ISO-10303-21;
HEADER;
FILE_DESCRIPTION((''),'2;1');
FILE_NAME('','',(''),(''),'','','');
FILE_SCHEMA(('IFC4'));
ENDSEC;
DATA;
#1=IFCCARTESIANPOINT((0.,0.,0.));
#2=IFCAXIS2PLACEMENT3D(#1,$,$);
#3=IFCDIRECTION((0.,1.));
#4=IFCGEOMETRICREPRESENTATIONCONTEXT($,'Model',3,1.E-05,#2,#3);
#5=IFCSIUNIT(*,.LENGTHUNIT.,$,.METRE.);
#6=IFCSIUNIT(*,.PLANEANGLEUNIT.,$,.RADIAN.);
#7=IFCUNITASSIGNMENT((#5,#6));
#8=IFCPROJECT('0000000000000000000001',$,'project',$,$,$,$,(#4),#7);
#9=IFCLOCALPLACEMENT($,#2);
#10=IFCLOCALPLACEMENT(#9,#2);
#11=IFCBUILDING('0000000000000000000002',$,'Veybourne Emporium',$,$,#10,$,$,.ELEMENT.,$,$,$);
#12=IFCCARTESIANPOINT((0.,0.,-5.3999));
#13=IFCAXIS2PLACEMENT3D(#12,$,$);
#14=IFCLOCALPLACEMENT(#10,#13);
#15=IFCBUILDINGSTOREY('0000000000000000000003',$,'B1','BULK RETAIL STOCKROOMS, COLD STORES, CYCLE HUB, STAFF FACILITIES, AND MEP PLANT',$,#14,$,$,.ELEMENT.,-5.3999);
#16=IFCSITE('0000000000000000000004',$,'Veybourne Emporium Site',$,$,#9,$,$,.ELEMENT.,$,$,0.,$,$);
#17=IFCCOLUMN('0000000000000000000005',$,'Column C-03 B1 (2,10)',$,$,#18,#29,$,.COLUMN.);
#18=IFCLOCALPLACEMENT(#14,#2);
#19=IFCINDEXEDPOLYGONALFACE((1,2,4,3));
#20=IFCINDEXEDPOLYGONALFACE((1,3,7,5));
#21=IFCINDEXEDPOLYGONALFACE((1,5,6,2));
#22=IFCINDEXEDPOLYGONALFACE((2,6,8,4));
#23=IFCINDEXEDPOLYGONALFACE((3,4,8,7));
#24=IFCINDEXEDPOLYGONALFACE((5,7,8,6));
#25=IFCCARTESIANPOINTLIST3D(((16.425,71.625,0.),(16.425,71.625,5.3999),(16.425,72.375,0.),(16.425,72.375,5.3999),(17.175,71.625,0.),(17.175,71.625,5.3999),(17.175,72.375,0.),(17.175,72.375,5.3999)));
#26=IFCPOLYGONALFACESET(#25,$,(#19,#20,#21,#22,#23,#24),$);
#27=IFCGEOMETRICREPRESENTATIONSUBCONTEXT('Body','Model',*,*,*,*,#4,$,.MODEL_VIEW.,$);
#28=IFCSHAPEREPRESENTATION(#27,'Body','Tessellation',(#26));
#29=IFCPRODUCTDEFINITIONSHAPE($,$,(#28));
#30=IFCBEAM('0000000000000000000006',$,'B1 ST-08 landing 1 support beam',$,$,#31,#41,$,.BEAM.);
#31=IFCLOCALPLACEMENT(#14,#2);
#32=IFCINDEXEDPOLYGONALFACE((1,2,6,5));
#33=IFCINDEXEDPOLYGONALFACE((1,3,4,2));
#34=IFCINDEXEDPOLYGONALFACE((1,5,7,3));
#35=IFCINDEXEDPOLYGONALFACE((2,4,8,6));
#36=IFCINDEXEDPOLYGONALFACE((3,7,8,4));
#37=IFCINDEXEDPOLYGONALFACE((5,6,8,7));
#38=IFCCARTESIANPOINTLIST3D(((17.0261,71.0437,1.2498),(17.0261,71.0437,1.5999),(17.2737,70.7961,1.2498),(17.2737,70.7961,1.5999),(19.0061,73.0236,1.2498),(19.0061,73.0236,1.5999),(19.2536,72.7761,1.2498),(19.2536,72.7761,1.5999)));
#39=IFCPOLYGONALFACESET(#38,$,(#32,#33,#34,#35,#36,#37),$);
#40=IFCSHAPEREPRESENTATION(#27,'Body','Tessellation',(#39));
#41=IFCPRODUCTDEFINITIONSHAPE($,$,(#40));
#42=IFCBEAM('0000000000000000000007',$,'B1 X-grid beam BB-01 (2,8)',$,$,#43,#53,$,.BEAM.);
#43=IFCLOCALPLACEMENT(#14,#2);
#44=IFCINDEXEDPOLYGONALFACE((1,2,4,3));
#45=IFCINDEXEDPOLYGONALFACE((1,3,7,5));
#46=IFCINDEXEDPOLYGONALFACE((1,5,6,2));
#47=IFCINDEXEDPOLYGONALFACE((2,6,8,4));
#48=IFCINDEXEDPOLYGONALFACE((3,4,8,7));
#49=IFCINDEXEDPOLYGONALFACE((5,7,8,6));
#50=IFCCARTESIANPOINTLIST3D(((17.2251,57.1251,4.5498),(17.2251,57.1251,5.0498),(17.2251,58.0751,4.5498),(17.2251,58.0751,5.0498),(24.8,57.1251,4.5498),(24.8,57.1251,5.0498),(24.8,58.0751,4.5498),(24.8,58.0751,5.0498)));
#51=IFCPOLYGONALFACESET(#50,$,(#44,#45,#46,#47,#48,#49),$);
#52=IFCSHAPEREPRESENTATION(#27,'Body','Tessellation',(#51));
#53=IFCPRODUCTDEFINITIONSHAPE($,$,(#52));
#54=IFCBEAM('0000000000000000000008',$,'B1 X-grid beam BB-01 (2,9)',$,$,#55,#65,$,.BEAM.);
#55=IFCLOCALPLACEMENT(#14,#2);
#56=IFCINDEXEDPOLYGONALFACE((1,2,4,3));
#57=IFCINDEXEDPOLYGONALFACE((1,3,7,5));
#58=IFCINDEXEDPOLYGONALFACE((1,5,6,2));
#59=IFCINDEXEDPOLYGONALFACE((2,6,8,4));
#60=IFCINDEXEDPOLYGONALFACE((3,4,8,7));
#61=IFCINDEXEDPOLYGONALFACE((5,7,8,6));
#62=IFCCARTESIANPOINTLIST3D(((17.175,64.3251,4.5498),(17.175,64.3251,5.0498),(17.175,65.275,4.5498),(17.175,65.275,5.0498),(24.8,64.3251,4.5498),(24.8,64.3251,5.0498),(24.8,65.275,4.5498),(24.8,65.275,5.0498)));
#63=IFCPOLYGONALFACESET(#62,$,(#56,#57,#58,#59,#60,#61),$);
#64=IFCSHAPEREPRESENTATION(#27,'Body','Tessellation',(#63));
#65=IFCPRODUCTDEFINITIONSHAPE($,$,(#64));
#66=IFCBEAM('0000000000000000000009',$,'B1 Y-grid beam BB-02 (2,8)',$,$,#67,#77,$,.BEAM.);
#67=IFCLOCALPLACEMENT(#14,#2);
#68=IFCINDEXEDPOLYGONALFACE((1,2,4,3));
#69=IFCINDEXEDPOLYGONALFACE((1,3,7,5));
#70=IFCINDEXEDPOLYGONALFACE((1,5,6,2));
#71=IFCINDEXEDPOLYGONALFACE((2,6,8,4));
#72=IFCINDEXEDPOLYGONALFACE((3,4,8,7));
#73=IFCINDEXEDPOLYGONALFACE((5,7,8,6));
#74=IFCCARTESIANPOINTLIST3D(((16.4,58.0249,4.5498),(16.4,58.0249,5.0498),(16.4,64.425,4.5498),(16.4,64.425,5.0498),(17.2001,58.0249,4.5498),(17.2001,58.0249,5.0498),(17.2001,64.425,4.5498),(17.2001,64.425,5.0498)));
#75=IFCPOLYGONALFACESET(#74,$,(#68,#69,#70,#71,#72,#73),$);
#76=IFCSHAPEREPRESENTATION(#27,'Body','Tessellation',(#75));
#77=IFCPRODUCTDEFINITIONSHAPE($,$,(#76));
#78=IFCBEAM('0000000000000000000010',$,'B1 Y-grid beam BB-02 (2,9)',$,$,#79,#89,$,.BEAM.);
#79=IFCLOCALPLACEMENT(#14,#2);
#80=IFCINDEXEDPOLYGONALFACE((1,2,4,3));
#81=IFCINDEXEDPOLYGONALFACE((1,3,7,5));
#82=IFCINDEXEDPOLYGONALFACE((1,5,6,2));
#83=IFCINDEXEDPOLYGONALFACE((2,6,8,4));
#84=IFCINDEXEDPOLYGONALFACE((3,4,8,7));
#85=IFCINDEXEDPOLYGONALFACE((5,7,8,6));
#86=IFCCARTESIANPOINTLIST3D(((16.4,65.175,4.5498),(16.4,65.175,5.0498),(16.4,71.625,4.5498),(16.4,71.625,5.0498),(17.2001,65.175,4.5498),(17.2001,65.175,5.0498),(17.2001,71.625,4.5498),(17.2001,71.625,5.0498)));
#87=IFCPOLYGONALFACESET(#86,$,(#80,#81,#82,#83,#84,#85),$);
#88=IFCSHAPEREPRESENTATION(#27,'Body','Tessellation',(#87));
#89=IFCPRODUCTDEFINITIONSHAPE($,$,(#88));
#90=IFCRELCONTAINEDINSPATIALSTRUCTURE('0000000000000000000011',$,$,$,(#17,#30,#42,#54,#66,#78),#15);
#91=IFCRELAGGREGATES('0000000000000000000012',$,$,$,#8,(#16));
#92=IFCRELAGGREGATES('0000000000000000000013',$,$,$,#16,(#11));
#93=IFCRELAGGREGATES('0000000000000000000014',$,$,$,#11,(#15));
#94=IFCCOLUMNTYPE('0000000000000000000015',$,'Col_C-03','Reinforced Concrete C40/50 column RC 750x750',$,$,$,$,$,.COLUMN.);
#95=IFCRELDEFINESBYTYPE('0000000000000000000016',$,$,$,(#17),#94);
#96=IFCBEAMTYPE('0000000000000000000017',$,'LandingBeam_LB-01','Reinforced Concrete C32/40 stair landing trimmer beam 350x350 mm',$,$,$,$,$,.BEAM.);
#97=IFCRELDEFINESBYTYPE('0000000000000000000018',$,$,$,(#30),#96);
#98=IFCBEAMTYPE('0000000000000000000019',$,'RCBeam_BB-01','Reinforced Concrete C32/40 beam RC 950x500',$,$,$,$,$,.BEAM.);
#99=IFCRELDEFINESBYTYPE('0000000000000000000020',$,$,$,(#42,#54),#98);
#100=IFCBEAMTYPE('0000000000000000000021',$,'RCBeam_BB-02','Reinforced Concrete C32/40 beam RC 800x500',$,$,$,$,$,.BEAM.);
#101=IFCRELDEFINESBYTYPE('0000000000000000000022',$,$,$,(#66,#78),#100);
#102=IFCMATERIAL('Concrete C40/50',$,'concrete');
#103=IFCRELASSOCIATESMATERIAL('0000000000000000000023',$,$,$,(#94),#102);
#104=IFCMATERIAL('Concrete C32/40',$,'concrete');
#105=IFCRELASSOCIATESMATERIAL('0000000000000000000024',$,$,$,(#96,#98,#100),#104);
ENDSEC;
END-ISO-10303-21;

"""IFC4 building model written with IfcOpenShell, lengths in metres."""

from ifc_helpers import new_model, si_unit, direction, frame, origin, origin_2d, place, context, subcontext, project, spatial, rectangle, extrude, material, material_profile, profile_set, type_object, element, save


model = new_model("IFC4")

# Units and contexts
model_context = context("Model", 3, precision=1e-05, world=origin(), true_north=direction((0.0, 1.0)))
body_context = subcontext(model_context, "Body", "Model", "MODEL_VIEW")
ifc_project = project(units=[si_unit("LENGTHUNIT", "METRE"), si_unit("PLANEANGLEUNIT", "RADIAN")], contexts=[model_context])

# Site, building, storey
site_placement = place(None, origin())
site = spatial("IfcSite", under=ifc_project, at=site_placement, Name="Veybourne Emporium Site", CompositionType="ELEMENT", RefElevation=0.0)
building_placement = place(site_placement, origin())
building = spatial("IfcBuilding", under=site, at=building_placement, Name="Veybourne Emporium", CompositionType="ELEMENT")
storey_placement = place(building_placement, frame((0.0, 0.0, -5.3999)))
storey = spatial("IfcBuildingStorey", under=building, at=storey_placement, Name="B1", Description="BULK RETAIL STOCKROOMS, COLD STORES, CYCLE HUB, STAFF FACILITIES, AND MEP PLANT", CompositionType="ELEMENT", Elevation=-5.3999)

# Column
ifc_material_1 = material(Name="Concrete C40/50", Category="concrete")
ifc_material_profile_1 = material_profile(ifc_material_1, rectangle(XDim=0.75, YDim=0.75, at=origin_2d()), Name="RC 750x750")
ifc_profile_set_1 = profile_set([ifc_material_profile_1], Name="Concrete C40/50")
column_type = type_object("IfcColumnType", Name="Col_C-03", Description="Reinforced Concrete C40/50 column RC 750x750", PredefinedType="COLUMN", material=ifc_profile_set_1)
for number, where, z_axis, x_axis, name in (
    (1, (16.8, 72.0, 0.0), (0.0, 0.0, 1.0), (1.0, 0.0, 0.0), "Column C-03 B1 (2,10)"),
):
    element("IfcColumn", number, at=place(storey_placement, frame(where, z_axis=z_axis, x_axis=x_axis)), inside=storey, type_object=column_type, Name=name, PredefinedType="COLUMN", context=body_context, shape_type="SweptSolid", body=[
        extrude(rectangle(XDim=0.75, YDim=0.75, at=origin_2d()), origin(), (0.0, 0.0, 1.0), 5.3999),
    ])

# Beams
ifc_material_2 = material(Name="Concrete C32/40", Category="concrete")
ifc_material_profile_2 = material_profile(ifc_material_2, rectangle(XDim=0.3501, YDim=0.3501, at=origin_2d()), Name="RC 350x350")
ifc_profile_set_2 = profile_set([ifc_material_profile_2], Name="Concrete C32/40")
beam_type_1 = type_object("IfcBeamType", Name="LandingBeam_LB-01", Description="Reinforced Concrete C32/40 stair landing trimmer beam 350x350 mm", PredefinedType="BEAM", material=ifc_profile_set_2)
beam_1_placement = place(storey_placement, frame((17.1499, 70.9199, 1.4248), z_axis=(0.707107, 0.707107, 0.0), x_axis=(-0.707107, 0.707107, 0.0)))
element("IfcBeam", 2, at=beam_1_placement, inside=storey, type_object=beam_type_1, Name="B1 ST-08 landing 1 support beam", PredefinedType="BEAM", context=body_context, shape_type="SweptSolid", body=[
    extrude(rectangle(XDim=0.3501, YDim=0.3501, at=origin_2d()), origin(), (0.0, 0.0, 1.0), 2.8),
])
ifc_material_profile_3 = material_profile(ifc_material_2, rectangle(XDim=0.95, YDim=0.5, at=origin_2d()), Name="RC 950x500")
ifc_profile_set_3 = profile_set([ifc_material_profile_3], Name="Concrete C32/40")
beam_type_2 = type_object("IfcBeamType", Name="RCBeam_BB-01", Description="Reinforced Concrete C32/40 beam RC 950x500", PredefinedType="BEAM", material=ifc_profile_set_3)
beam_2_placement = place(storey_placement, frame((17.2251, 57.6001, 4.7998), z_axis=(1.0, 0.0, 0.0), x_axis=(0.0, 1.0, 0.0)))
element("IfcBeam", 3, at=beam_2_placement, inside=storey, type_object=beam_type_2, Name="B1 X-grid beam BB-01 (2,8)", PredefinedType="BEAM", context=body_context, shape_type="SweptSolid", body=[
    extrude(rectangle(XDim=0.95, YDim=0.5, at=origin_2d()), origin(), (0.0, 0.0, 1.0), 7.575),
])
beam_3_placement = place(storey_placement, frame((17.175, 64.8, 4.7998), z_axis=(1.0, 0.0, 0.0), x_axis=(0.0, 1.0, 0.0)))
element("IfcBeam", 4, at=beam_3_placement, inside=storey, type_object=beam_type_2, Name="B1 X-grid beam BB-01 (2,9)", PredefinedType="BEAM", context=body_context, shape_type="SweptSolid", body=[
    extrude(rectangle(XDim=0.95, YDim=0.5, at=origin_2d()), origin(), (0.0, 0.0, 1.0), 7.625),
])
ifc_material_profile_4 = material_profile(ifc_material_2, rectangle(XDim=0.8, YDim=0.5, at=origin_2d()), Name="RC 800x500")
ifc_profile_set_4 = profile_set([ifc_material_profile_4], Name="Concrete C32/40")
beam_type_3 = type_object("IfcBeamType", Name="RCBeam_BB-02", Description="Reinforced Concrete C32/40 beam RC 800x500", PredefinedType="BEAM", material=ifc_profile_set_4)
beam_4_placement = place(storey_placement, frame((16.8, 58.0249, 4.7998), z_axis=(0.0, 1.0, 0.0), x_axis=(-1.0, 0.0, 0.0)))
element("IfcBeam", 5, at=beam_4_placement, inside=storey, type_object=beam_type_3, Name="B1 Y-grid beam BB-02 (2,8)", PredefinedType="BEAM", context=body_context, shape_type="SweptSolid", body=[
    extrude(rectangle(XDim=0.8, YDim=0.5, at=origin_2d()), origin(), (0.0, 0.0, 1.0), 6.4001),
])
beam_5_placement = place(storey_placement, frame((16.8, 65.175, 4.7998), z_axis=(0.0, 1.0, 0.0), x_axis=(-1.0, 0.0, 0.0)))
element("IfcBeam", 6, at=beam_5_placement, inside=storey, type_object=beam_type_3, Name="B1 Y-grid beam BB-02 (2,9)", PredefinedType="BEAM", context=body_context, shape_type="SweptSolid", body=[
    extrude(rectangle(XDim=0.8, YDim=0.5, at=origin_2d()), origin(), (0.0, 0.0, 1.0), 6.45),
])

save(model, "model.ifc")
